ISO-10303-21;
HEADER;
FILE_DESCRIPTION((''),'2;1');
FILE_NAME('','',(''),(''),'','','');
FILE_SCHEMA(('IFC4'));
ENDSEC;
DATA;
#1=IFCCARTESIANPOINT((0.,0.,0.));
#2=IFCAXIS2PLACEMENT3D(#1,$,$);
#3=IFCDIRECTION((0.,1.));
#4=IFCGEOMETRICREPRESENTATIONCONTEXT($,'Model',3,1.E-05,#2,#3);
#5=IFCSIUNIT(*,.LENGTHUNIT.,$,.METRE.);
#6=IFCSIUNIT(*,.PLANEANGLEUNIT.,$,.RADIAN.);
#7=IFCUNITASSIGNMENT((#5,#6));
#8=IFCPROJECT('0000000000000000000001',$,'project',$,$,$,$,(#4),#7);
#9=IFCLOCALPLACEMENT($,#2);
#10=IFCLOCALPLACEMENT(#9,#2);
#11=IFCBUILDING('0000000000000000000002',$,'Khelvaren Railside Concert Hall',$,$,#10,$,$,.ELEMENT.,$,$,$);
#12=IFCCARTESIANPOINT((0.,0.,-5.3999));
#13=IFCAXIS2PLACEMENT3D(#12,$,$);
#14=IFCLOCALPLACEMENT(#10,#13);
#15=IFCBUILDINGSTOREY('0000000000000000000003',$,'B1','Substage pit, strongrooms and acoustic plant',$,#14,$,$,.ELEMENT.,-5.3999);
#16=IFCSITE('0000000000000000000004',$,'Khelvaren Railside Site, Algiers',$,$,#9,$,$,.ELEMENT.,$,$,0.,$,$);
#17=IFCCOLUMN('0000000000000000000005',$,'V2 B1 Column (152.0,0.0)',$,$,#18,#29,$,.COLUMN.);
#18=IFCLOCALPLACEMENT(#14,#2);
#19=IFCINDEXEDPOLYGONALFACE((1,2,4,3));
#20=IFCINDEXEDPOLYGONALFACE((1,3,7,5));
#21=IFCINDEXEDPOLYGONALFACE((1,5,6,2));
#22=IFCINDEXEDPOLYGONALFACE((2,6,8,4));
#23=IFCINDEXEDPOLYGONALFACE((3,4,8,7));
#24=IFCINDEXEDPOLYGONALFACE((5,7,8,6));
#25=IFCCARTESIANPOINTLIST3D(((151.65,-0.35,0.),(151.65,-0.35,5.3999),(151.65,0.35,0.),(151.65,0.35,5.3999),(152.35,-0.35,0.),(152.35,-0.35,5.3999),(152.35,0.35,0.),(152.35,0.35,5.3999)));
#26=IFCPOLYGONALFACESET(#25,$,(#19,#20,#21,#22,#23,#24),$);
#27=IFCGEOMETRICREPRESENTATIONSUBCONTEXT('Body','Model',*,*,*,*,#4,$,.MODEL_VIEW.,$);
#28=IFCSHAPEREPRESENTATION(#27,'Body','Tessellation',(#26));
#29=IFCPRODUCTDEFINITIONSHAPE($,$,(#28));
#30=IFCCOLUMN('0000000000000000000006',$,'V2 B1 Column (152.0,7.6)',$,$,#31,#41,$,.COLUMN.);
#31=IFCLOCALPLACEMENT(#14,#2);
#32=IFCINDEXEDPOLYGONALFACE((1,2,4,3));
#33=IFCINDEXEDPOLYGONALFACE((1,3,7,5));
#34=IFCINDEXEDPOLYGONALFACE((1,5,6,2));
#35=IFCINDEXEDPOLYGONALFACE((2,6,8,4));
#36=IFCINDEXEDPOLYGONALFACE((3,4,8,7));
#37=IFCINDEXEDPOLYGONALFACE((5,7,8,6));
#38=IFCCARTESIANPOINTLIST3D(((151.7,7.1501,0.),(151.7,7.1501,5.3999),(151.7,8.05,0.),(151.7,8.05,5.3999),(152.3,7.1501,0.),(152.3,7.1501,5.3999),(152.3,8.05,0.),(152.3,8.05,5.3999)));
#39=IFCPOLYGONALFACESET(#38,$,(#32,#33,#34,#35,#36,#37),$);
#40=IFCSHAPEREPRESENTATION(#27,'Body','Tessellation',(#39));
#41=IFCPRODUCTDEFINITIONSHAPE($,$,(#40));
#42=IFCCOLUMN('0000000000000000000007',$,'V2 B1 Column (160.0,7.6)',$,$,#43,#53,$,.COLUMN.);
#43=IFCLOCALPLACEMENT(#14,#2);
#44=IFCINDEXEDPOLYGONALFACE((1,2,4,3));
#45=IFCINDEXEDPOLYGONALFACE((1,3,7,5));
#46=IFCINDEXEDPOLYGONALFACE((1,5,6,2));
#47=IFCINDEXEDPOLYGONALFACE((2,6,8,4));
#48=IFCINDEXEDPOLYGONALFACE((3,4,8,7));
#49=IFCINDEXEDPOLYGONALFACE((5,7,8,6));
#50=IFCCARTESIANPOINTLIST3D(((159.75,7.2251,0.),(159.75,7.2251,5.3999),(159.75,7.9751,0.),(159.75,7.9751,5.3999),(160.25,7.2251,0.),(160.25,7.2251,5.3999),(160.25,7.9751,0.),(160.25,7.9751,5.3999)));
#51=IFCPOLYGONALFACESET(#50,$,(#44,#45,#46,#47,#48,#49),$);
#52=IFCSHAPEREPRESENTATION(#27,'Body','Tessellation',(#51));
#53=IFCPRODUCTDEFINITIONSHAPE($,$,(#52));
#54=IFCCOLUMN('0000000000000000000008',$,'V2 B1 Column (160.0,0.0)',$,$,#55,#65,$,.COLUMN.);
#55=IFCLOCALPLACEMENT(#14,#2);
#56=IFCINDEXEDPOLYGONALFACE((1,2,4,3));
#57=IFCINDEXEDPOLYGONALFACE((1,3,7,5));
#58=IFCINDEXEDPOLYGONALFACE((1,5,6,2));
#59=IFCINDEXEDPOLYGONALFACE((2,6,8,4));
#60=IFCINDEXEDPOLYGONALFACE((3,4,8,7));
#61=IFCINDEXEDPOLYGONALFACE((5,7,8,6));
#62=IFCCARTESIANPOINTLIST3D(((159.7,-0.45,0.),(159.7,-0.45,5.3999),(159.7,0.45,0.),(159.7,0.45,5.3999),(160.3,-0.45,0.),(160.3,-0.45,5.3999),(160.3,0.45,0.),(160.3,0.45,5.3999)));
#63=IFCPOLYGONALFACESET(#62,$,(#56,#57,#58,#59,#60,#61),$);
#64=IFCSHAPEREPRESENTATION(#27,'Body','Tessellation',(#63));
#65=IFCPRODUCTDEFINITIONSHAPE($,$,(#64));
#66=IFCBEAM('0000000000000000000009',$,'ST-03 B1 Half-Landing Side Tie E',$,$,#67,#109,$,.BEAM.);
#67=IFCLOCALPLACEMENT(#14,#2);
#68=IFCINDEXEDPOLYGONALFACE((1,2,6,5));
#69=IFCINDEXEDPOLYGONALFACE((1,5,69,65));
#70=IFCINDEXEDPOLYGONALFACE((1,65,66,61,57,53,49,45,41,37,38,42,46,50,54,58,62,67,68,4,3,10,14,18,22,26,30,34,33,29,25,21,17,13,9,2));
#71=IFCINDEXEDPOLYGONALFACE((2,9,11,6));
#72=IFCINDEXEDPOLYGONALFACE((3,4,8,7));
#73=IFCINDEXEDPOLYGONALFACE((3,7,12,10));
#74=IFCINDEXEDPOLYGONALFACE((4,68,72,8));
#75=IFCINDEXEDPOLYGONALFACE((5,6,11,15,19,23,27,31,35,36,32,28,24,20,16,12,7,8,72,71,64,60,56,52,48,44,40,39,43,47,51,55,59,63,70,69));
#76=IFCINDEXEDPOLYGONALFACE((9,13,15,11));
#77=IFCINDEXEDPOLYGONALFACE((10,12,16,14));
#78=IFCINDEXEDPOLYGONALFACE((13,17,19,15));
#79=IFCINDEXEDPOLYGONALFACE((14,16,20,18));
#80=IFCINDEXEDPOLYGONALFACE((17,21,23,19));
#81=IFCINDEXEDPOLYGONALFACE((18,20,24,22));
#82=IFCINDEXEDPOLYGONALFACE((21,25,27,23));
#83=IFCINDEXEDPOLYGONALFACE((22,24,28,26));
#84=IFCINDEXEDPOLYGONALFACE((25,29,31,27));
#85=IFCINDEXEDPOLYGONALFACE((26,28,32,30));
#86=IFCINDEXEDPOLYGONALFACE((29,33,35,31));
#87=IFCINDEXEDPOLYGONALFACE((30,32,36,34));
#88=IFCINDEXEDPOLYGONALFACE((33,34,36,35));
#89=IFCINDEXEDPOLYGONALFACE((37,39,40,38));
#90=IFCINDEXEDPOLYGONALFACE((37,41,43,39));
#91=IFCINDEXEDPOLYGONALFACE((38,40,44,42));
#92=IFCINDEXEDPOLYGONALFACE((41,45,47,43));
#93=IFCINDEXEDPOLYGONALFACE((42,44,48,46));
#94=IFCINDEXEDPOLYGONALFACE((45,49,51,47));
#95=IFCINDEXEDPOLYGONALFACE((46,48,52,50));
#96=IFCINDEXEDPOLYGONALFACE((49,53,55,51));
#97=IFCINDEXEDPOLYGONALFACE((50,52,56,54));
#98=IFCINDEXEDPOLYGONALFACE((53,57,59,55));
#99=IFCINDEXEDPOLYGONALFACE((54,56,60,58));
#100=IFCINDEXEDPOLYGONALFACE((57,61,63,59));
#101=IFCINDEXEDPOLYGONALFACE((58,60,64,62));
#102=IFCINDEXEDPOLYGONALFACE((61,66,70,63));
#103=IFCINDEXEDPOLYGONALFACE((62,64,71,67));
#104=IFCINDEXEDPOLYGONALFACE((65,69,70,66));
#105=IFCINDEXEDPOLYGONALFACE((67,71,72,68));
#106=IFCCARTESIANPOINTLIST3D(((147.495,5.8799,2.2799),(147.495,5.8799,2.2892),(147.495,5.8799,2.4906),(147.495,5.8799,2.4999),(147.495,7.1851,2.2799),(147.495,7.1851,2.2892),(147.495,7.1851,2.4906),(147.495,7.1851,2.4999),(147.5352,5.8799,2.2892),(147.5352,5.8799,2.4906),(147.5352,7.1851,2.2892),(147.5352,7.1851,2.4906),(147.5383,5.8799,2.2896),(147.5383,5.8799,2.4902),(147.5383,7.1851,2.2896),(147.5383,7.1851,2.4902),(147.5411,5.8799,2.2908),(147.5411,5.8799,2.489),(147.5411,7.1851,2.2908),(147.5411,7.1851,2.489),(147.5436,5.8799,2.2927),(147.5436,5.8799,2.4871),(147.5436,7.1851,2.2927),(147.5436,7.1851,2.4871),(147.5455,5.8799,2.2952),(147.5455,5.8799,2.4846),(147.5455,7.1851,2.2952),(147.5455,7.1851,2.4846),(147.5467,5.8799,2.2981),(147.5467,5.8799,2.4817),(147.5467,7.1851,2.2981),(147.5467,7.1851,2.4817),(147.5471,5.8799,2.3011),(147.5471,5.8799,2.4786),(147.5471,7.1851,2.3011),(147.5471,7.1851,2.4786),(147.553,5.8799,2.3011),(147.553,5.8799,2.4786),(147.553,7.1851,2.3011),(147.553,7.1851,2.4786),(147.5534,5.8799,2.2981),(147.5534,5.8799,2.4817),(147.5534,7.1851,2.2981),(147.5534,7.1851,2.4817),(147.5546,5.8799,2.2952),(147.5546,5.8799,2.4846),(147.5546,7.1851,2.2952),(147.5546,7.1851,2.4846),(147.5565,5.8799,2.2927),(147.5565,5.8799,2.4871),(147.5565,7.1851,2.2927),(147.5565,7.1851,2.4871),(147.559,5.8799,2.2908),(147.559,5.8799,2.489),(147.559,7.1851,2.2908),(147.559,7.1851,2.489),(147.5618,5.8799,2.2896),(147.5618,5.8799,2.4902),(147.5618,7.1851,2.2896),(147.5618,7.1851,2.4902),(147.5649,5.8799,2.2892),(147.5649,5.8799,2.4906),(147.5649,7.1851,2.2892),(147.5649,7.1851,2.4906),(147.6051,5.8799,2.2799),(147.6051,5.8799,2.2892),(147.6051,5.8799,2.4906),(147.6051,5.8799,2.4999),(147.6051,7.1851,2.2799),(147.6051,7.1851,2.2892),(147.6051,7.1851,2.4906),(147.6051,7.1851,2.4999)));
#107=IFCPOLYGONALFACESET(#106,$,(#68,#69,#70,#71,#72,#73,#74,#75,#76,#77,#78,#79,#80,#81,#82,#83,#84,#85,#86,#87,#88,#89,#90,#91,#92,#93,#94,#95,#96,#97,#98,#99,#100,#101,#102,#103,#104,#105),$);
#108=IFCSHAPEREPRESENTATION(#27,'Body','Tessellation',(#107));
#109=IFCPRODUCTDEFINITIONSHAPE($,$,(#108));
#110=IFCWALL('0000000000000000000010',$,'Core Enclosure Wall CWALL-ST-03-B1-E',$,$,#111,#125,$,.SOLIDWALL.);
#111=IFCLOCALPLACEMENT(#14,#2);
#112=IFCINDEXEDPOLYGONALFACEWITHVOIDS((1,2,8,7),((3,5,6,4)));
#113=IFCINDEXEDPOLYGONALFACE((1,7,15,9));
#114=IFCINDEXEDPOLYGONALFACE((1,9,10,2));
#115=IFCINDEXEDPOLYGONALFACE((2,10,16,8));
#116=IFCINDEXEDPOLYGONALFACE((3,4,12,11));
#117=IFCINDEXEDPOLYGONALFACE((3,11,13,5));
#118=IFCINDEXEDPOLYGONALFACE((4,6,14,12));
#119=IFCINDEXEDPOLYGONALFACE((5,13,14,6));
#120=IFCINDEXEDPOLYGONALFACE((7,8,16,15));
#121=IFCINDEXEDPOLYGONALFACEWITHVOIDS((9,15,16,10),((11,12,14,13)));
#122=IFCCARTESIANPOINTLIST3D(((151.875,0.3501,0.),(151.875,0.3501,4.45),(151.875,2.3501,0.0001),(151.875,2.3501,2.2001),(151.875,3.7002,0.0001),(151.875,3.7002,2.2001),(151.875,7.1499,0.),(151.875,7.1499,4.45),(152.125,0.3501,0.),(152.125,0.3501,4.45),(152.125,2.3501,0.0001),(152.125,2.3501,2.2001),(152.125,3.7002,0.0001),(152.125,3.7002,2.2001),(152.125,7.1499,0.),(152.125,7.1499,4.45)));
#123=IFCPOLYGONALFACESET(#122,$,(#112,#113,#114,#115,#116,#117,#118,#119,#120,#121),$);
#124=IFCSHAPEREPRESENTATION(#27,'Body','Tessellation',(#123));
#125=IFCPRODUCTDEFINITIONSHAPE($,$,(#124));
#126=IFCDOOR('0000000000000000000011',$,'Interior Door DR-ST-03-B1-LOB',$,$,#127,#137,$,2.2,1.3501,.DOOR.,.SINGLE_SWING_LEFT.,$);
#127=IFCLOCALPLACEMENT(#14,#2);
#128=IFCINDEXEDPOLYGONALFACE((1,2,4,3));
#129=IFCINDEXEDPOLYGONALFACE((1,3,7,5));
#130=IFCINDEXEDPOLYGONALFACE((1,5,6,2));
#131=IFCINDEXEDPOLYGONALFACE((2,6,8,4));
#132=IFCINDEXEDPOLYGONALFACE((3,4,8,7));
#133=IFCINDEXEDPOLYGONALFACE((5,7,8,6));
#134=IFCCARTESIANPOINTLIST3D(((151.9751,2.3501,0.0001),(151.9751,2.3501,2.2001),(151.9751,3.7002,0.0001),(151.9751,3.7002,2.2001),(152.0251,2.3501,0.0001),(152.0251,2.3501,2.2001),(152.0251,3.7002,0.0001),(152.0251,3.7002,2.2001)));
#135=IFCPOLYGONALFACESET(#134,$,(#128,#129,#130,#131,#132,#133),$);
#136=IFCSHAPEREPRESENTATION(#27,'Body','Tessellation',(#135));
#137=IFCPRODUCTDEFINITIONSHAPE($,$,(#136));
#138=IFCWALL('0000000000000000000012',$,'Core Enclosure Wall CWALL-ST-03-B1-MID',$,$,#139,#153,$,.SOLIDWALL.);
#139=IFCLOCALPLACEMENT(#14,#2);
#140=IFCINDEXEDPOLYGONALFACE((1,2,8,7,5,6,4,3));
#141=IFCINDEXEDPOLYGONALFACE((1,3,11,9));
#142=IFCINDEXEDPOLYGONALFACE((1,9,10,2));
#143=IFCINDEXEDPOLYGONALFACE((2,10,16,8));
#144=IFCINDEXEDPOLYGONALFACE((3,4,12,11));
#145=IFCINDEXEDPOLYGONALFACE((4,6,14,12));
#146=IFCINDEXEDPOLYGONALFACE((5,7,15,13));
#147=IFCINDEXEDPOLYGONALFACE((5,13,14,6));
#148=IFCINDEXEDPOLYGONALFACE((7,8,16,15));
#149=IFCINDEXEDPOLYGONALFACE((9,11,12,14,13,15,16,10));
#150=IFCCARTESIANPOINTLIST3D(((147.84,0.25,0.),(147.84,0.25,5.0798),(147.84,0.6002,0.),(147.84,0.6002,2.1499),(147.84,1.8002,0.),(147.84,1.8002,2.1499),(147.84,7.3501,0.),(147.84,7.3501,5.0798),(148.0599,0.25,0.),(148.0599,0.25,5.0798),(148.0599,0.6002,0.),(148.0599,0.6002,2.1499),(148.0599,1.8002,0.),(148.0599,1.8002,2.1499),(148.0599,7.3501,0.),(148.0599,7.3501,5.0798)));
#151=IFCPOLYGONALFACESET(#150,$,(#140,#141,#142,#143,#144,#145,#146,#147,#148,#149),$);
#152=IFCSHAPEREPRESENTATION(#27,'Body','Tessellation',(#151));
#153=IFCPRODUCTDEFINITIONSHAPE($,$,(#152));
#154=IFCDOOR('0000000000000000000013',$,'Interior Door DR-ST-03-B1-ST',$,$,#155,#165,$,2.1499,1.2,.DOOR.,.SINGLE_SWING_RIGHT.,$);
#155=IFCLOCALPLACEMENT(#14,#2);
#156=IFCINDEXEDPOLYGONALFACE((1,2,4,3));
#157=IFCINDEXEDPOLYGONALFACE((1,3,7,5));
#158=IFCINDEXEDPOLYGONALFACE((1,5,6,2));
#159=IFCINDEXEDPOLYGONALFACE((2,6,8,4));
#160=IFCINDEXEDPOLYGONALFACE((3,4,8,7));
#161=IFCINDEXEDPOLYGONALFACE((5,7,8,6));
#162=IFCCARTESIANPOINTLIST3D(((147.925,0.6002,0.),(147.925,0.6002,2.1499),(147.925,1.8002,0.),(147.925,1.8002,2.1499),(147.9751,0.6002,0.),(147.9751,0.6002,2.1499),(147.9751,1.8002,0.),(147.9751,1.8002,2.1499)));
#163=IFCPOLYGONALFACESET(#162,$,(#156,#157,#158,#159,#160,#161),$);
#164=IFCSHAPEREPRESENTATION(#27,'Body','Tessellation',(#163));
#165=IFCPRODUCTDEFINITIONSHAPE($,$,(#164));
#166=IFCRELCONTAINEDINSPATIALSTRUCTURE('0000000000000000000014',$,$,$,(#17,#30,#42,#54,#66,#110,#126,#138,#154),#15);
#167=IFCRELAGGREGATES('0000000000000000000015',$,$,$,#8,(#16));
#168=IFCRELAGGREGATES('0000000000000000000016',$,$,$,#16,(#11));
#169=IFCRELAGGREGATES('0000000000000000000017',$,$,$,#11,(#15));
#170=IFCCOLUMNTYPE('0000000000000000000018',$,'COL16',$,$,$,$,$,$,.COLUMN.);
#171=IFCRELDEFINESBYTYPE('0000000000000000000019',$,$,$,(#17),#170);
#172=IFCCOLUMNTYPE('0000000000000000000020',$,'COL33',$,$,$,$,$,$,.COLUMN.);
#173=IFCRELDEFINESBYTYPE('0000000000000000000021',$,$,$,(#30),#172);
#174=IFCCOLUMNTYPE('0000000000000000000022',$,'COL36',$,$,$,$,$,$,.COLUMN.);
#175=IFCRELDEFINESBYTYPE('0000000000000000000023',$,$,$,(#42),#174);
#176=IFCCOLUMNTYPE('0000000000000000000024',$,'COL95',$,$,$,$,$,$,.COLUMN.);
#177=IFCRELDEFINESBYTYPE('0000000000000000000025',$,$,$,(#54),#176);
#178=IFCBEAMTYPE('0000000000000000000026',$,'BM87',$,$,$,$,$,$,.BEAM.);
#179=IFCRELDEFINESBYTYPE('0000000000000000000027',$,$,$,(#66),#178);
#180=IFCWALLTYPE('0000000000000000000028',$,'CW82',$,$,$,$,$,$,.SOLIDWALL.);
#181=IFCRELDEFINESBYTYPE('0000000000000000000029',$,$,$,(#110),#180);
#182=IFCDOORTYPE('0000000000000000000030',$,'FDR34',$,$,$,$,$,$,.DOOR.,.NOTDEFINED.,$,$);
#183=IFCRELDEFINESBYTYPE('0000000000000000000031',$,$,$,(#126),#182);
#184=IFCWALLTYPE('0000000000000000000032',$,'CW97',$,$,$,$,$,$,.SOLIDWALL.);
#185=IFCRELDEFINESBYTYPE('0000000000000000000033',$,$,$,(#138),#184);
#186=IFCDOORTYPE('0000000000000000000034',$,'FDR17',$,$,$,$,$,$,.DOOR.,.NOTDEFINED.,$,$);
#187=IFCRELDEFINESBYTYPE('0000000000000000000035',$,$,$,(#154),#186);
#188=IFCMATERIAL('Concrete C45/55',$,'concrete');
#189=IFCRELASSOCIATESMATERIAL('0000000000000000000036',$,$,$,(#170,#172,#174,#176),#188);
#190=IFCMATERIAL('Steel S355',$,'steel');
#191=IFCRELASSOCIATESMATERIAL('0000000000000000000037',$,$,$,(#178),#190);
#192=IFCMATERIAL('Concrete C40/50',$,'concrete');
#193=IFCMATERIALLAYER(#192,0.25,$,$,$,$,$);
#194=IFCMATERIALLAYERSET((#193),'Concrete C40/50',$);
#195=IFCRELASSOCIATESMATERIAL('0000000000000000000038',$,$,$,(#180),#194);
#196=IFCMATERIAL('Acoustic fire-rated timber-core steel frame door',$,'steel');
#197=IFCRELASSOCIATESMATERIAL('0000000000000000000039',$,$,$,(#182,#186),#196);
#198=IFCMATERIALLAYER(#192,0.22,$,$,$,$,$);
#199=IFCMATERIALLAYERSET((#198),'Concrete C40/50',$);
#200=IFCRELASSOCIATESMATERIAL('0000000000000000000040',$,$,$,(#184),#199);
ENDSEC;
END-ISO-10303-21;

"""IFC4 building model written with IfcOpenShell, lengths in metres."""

from ifc_helpers import new_model, si_unit, direction, frame, frame_2d, origin, origin_2d, place, context, subcontext, project, spatial, rectangle, i_section, extrude, material, layer, layer_set, material_profile, profile_set, type_object, element, fill, save


model = new_model("IFC4")

# Units and contexts
model_context = context("Model", 3, precision=1e-05, world=origin(), true_north=direction((0.0, 1.0)))
body_context = subcontext(model_context, "Body", "Model", "MODEL_VIEW")
ifc_project = project(units=[si_unit("LENGTHUNIT", "METRE"), si_unit("PLANEANGLEUNIT", "RADIAN")], contexts=[model_context])

# Site, building, storey
site_placement = place(None, origin())
site = spatial("IfcSite", under=ifc_project, at=site_placement, Name="Khelvaren Railside Site, Algiers", CompositionType="ELEMENT", RefElevation=0.0)
building_placement = place(site_placement, origin())
building = spatial("IfcBuilding", under=site, at=building_placement, Name="Khelvaren Railside Concert Hall", CompositionType="ELEMENT")
storey_placement = place(building_placement, frame((0.0, 0.0, -5.3999)))
storey = spatial("IfcBuildingStorey", under=building, at=storey_placement, Name="B1", Description="Substage pit, strongrooms and acoustic plant", CompositionType="ELEMENT", Elevation=-5.3999)

# Columns
ifc_material_1 = material(Name="Concrete C45/55", Category="concrete")
ifc_material_profile_1 = material_profile(ifc_material_1, rectangle(XDim=0.7, YDim=0.7, at=origin_2d()), Name="RC 700x700")
ifc_profile_set_1 = profile_set([ifc_material_profile_1], Name="Concrete C45/55")
column_type_1 = type_object("IfcColumnType", Name="COL16", PredefinedType="COLUMN", material=ifc_profile_set_1)
column_1_placement = place(storey_placement, frame((152.0, 0.0, 0.0), z_axis=(0.0, 0.0, 1.0), x_axis=(1.0, 0.0, 0.0)))
element("IfcColumn", 1, at=column_1_placement, inside=storey, type_object=column_type_1, Name="V2 B1 Column (152.0,0.0)", PredefinedType="COLUMN", context=body_context, shape_type="SweptSolid", body=[
    extrude(rectangle(XDim=0.7, YDim=0.7, at=origin_2d()), origin(), (0.0, 0.0, 1.0), 5.3999),
])
ifc_material_profile_2 = material_profile(ifc_material_1, rectangle(XDim=0.6001, YDim=0.8999, at=origin_2d()), Name="RC 600x900")
ifc_profile_set_2 = profile_set([ifc_material_profile_2], Name="Concrete C45/55")
column_type_2 = type_object("IfcColumnType", Name="COL33", PredefinedType="COLUMN", material=ifc_profile_set_2)
column_2_placement = place(storey_placement, frame((152.0, 7.6001, 0.0), z_axis=(0.0, 0.0, 1.0), x_axis=(1.0, 0.0, 0.0)))
element("IfcColumn", 2, at=column_2_placement, inside=storey, type_object=column_type_2, Name="V2 B1 Column (152.0,7.6)", PredefinedType="COLUMN", context=body_context, shape_type="SweptSolid", body=[
    extrude(rectangle(XDim=0.6001, YDim=0.8999, at=origin_2d()), origin(), (0.0, 0.0, 1.0), 5.3999),
])
ifc_material_profile_3 = material_profile(ifc_material_1, rectangle(XDim=0.5, YDim=0.75, at=origin_2d()), Name="RC 500x750")
ifc_profile_set_3 = profile_set([ifc_material_profile_3], Name="Concrete C45/55")
column_type_3 = type_object("IfcColumnType", Name="COL36", PredefinedType="COLUMN", material=ifc_profile_set_3)
column_3_placement = place(storey_placement, frame((160.0, 7.6001, 0.0), z_axis=(0.0, 0.0, 1.0), x_axis=(1.0, 0.0, 0.0)))
element("IfcColumn", 3, at=column_3_placement, inside=storey, type_object=column_type_3, Name="V2 B1 Column (160.0,7.6)", PredefinedType="COLUMN", context=body_context, shape_type="SweptSolid", body=[
    extrude(rectangle(XDim=0.5, YDim=0.75, at=origin_2d()), origin(), (0.0, 0.0, 1.0), 5.3999),
])
ifc_material_profile_4 = material_profile(ifc_material_1, rectangle(XDim=0.6001, YDim=0.8999, at=origin_2d()), Name="RC 600x900")
ifc_profile_set_4 = profile_set([ifc_material_profile_4], Name="Concrete C45/55")
column_type_4 = type_object("IfcColumnType", Name="COL95", PredefinedType="COLUMN", material=ifc_profile_set_4)
column_4_placement = place(storey_placement, frame((160.0, 0.0, 0.0), z_axis=(0.0, 0.0, 1.0), x_axis=(1.0, 0.0, 0.0)))
element("IfcColumn", 4, at=column_4_placement, inside=storey, type_object=column_type_4, Name="V2 B1 Column (160.0,0.0)", PredefinedType="COLUMN", context=body_context, shape_type="SweptSolid", body=[
    extrude(rectangle(XDim=0.6001, YDim=0.8999, at=origin_2d()), origin(), (0.0, 0.0, 1.0), 5.3999),
])

# Beam
ifc_material_2 = material(Name="Steel S355", Category="steel")
ifc_material_profile_5 = material_profile(ifc_material_2, i_section(OverallWidth=0.1101, OverallDepth=0.22, WebThickness=0.0059, FlangeThickness=0.0093, FilletRadius=0.012, at=origin_2d()), Name="IPE 220")
ifc_profile_set_5 = profile_set([ifc_material_profile_5], Name="Steel S355")
beam_type = type_object("IfcBeamType", Name="BM87", PredefinedType="BEAM", material=ifc_profile_set_5)
beam_placement = place(storey_placement, frame((147.55, 5.8799, 2.3899), z_axis=(0.0, 1.0, 0.0), x_axis=(-1.0, 0.0, 0.0)))
element("IfcBeam", 5, at=beam_placement, inside=storey, type_object=beam_type, Name="ST-03 B1 Half-Landing Side Tie E", PredefinedType="BEAM", context=body_context, shape_type="SweptSolid", body=[
    extrude(i_section(OverallWidth=0.1101, OverallDepth=0.22, WebThickness=0.0059, FlangeThickness=0.0093, FilletRadius=0.012, at=origin_2d()), origin(), (0.0, 0.0, 1.0), 1.3052),
])

# Walls, openings, doors
ifc_material_3 = material(Name="Concrete C40/50", Category="concrete")
ifc_layer_1 = layer(ifc_material_3, 0.25)
ifc_layer_set_1 = layer_set([ifc_layer_1], Name="Concrete C40/50")
wall_type_1 = type_object("IfcWallType", Name="CW82", PredefinedType="SOLIDWALL", material=ifc_layer_set_1)
wall_1_placement = place(storey_placement, frame((152.0, 0.3501, 0.0), z_axis=(0.0, 0.0, 1.0), x_axis=(0.0, 1.0, 0.0)))
wall_1 = element("IfcWall", 6, at=wall_1_placement, inside=storey, type_object=wall_type_1, Name="Core Enclosure Wall CWALL-ST-03-B1-E", PredefinedType="SOLIDWALL", context=body_context, shape_type="SweptSolid", body=[
    extrude(rectangle(XDim=6.7998, YDim=0.25, at=frame_2d((3.3999, 0.0))), origin(), (0.0, 0.0, 1.0), 4.45),
])
opening_1_placement = place(wall_1_placement, frame((2.0, 0.0, 0.0)))
opening_1 = element("IfcOpeningElement", 7, at=opening_1_placement, cuts=wall_1, PredefinedType="OPENING", context=body_context, shape_type="SweptSolid", body=[
    extrude(rectangle(XDim=1.3501, YDim=2.2, at=frame_2d((0.675, 1.1001))), frame((0.0, 0.135, 0.0), z_axis=(0.0, -1.0, 0.0), x_axis=(1.0, 0.0, 0.0)), (0.0, 0.0, 1.0), 0.27),
])
ifc_material_4 = material(Name="Acoustic fire-rated timber-core steel frame door", Category="steel")
door_type_1 = type_object("IfcDoorType", Name="FDR34", OperationType="NOTDEFINED", PredefinedType="DOOR", material=ifc_material_4)
door_1_placement = place(opening_1_placement, origin())
door_1 = element("IfcDoor", 8, at=door_1_placement, inside=storey, type_object=door_type_1, Name="Interior Door DR-ST-03-B1-LOB", OperationType="SINGLE_SWING_LEFT", OverallHeight=2.2, OverallWidth=1.3501, PredefinedType="DOOR", context=body_context, shape_type="SweptSolid", body=[
    extrude(rectangle(XDim=1.3501, YDim=2.2, at=frame_2d((0.675, 1.1001))), frame((0.0, 0.0249, 0.0), z_axis=(0.0, -1.0, 0.0), x_axis=(1.0, 0.0, 0.0)), (0.0, 0.0, 1.0), 0.05),
])
fill(opening_1, door_1)
ifc_layer_2 = layer(ifc_material_3, 0.22)
ifc_layer_set_2 = layer_set([ifc_layer_2], Name="Concrete C40/50")
wall_type_2 = type_object("IfcWallType", Name="CW97", PredefinedType="SOLIDWALL", material=ifc_layer_set_2)
wall_2_placement = place(storey_placement, frame((147.95, 0.25, 0.0), z_axis=(0.0, 0.0, 1.0), x_axis=(0.0, 1.0, 0.0)))
wall_2 = element("IfcWall", 9, at=wall_2_placement, inside=storey, type_object=wall_type_2, Name="Core Enclosure Wall CWALL-ST-03-B1-MID", PredefinedType="SOLIDWALL", context=body_context, shape_type="SweptSolid", body=[
    extrude(rectangle(XDim=7.1001, YDim=0.22, at=frame_2d((3.55, 0.0))), origin(), (0.0, 0.0, 1.0), 5.0798),
])
opening_2_placement = place(wall_2_placement, frame((0.3501, 0.0, 0.0)))
opening_2 = element("IfcOpeningElement", 10, at=opening_2_placement, cuts=wall_2, PredefinedType="OPENING", context=body_context, shape_type="SweptSolid", body=[
    extrude(rectangle(XDim=1.2, YDim=2.1499, at=frame_2d((0.6001, 1.075))), frame((0.0, 0.1199, 0.0), z_axis=(0.0, -1.0, 0.0), x_axis=(1.0, 0.0, 0.0)), (0.0, 0.0, 1.0), 0.24),
])
door_type_2 = type_object("IfcDoorType", Name="FDR17", OperationType="NOTDEFINED", PredefinedType="DOOR", material=ifc_material_4)
door_2_placement = place(opening_2_placement, origin())
door_2 = element("IfcDoor", 11, at=door_2_placement, inside=storey, type_object=door_type_2, Name="Interior Door DR-ST-03-B1-ST", OperationType="SINGLE_SWING_RIGHT", OverallHeight=2.1499, OverallWidth=1.2, PredefinedType="DOOR", context=body_context, shape_type="SweptSolid", body=[
    extrude(rectangle(XDim=1.2, YDim=2.1499, at=frame_2d((0.6001, 1.075))), frame((0.0, 0.0249, 0.0), z_axis=(0.0, -1.0, 0.0), x_axis=(1.0, 0.0, 0.0)), (0.0, 0.0, 1.0), 0.05),
])
fill(opening_2, door_2)

save(model, "model.ifc")
